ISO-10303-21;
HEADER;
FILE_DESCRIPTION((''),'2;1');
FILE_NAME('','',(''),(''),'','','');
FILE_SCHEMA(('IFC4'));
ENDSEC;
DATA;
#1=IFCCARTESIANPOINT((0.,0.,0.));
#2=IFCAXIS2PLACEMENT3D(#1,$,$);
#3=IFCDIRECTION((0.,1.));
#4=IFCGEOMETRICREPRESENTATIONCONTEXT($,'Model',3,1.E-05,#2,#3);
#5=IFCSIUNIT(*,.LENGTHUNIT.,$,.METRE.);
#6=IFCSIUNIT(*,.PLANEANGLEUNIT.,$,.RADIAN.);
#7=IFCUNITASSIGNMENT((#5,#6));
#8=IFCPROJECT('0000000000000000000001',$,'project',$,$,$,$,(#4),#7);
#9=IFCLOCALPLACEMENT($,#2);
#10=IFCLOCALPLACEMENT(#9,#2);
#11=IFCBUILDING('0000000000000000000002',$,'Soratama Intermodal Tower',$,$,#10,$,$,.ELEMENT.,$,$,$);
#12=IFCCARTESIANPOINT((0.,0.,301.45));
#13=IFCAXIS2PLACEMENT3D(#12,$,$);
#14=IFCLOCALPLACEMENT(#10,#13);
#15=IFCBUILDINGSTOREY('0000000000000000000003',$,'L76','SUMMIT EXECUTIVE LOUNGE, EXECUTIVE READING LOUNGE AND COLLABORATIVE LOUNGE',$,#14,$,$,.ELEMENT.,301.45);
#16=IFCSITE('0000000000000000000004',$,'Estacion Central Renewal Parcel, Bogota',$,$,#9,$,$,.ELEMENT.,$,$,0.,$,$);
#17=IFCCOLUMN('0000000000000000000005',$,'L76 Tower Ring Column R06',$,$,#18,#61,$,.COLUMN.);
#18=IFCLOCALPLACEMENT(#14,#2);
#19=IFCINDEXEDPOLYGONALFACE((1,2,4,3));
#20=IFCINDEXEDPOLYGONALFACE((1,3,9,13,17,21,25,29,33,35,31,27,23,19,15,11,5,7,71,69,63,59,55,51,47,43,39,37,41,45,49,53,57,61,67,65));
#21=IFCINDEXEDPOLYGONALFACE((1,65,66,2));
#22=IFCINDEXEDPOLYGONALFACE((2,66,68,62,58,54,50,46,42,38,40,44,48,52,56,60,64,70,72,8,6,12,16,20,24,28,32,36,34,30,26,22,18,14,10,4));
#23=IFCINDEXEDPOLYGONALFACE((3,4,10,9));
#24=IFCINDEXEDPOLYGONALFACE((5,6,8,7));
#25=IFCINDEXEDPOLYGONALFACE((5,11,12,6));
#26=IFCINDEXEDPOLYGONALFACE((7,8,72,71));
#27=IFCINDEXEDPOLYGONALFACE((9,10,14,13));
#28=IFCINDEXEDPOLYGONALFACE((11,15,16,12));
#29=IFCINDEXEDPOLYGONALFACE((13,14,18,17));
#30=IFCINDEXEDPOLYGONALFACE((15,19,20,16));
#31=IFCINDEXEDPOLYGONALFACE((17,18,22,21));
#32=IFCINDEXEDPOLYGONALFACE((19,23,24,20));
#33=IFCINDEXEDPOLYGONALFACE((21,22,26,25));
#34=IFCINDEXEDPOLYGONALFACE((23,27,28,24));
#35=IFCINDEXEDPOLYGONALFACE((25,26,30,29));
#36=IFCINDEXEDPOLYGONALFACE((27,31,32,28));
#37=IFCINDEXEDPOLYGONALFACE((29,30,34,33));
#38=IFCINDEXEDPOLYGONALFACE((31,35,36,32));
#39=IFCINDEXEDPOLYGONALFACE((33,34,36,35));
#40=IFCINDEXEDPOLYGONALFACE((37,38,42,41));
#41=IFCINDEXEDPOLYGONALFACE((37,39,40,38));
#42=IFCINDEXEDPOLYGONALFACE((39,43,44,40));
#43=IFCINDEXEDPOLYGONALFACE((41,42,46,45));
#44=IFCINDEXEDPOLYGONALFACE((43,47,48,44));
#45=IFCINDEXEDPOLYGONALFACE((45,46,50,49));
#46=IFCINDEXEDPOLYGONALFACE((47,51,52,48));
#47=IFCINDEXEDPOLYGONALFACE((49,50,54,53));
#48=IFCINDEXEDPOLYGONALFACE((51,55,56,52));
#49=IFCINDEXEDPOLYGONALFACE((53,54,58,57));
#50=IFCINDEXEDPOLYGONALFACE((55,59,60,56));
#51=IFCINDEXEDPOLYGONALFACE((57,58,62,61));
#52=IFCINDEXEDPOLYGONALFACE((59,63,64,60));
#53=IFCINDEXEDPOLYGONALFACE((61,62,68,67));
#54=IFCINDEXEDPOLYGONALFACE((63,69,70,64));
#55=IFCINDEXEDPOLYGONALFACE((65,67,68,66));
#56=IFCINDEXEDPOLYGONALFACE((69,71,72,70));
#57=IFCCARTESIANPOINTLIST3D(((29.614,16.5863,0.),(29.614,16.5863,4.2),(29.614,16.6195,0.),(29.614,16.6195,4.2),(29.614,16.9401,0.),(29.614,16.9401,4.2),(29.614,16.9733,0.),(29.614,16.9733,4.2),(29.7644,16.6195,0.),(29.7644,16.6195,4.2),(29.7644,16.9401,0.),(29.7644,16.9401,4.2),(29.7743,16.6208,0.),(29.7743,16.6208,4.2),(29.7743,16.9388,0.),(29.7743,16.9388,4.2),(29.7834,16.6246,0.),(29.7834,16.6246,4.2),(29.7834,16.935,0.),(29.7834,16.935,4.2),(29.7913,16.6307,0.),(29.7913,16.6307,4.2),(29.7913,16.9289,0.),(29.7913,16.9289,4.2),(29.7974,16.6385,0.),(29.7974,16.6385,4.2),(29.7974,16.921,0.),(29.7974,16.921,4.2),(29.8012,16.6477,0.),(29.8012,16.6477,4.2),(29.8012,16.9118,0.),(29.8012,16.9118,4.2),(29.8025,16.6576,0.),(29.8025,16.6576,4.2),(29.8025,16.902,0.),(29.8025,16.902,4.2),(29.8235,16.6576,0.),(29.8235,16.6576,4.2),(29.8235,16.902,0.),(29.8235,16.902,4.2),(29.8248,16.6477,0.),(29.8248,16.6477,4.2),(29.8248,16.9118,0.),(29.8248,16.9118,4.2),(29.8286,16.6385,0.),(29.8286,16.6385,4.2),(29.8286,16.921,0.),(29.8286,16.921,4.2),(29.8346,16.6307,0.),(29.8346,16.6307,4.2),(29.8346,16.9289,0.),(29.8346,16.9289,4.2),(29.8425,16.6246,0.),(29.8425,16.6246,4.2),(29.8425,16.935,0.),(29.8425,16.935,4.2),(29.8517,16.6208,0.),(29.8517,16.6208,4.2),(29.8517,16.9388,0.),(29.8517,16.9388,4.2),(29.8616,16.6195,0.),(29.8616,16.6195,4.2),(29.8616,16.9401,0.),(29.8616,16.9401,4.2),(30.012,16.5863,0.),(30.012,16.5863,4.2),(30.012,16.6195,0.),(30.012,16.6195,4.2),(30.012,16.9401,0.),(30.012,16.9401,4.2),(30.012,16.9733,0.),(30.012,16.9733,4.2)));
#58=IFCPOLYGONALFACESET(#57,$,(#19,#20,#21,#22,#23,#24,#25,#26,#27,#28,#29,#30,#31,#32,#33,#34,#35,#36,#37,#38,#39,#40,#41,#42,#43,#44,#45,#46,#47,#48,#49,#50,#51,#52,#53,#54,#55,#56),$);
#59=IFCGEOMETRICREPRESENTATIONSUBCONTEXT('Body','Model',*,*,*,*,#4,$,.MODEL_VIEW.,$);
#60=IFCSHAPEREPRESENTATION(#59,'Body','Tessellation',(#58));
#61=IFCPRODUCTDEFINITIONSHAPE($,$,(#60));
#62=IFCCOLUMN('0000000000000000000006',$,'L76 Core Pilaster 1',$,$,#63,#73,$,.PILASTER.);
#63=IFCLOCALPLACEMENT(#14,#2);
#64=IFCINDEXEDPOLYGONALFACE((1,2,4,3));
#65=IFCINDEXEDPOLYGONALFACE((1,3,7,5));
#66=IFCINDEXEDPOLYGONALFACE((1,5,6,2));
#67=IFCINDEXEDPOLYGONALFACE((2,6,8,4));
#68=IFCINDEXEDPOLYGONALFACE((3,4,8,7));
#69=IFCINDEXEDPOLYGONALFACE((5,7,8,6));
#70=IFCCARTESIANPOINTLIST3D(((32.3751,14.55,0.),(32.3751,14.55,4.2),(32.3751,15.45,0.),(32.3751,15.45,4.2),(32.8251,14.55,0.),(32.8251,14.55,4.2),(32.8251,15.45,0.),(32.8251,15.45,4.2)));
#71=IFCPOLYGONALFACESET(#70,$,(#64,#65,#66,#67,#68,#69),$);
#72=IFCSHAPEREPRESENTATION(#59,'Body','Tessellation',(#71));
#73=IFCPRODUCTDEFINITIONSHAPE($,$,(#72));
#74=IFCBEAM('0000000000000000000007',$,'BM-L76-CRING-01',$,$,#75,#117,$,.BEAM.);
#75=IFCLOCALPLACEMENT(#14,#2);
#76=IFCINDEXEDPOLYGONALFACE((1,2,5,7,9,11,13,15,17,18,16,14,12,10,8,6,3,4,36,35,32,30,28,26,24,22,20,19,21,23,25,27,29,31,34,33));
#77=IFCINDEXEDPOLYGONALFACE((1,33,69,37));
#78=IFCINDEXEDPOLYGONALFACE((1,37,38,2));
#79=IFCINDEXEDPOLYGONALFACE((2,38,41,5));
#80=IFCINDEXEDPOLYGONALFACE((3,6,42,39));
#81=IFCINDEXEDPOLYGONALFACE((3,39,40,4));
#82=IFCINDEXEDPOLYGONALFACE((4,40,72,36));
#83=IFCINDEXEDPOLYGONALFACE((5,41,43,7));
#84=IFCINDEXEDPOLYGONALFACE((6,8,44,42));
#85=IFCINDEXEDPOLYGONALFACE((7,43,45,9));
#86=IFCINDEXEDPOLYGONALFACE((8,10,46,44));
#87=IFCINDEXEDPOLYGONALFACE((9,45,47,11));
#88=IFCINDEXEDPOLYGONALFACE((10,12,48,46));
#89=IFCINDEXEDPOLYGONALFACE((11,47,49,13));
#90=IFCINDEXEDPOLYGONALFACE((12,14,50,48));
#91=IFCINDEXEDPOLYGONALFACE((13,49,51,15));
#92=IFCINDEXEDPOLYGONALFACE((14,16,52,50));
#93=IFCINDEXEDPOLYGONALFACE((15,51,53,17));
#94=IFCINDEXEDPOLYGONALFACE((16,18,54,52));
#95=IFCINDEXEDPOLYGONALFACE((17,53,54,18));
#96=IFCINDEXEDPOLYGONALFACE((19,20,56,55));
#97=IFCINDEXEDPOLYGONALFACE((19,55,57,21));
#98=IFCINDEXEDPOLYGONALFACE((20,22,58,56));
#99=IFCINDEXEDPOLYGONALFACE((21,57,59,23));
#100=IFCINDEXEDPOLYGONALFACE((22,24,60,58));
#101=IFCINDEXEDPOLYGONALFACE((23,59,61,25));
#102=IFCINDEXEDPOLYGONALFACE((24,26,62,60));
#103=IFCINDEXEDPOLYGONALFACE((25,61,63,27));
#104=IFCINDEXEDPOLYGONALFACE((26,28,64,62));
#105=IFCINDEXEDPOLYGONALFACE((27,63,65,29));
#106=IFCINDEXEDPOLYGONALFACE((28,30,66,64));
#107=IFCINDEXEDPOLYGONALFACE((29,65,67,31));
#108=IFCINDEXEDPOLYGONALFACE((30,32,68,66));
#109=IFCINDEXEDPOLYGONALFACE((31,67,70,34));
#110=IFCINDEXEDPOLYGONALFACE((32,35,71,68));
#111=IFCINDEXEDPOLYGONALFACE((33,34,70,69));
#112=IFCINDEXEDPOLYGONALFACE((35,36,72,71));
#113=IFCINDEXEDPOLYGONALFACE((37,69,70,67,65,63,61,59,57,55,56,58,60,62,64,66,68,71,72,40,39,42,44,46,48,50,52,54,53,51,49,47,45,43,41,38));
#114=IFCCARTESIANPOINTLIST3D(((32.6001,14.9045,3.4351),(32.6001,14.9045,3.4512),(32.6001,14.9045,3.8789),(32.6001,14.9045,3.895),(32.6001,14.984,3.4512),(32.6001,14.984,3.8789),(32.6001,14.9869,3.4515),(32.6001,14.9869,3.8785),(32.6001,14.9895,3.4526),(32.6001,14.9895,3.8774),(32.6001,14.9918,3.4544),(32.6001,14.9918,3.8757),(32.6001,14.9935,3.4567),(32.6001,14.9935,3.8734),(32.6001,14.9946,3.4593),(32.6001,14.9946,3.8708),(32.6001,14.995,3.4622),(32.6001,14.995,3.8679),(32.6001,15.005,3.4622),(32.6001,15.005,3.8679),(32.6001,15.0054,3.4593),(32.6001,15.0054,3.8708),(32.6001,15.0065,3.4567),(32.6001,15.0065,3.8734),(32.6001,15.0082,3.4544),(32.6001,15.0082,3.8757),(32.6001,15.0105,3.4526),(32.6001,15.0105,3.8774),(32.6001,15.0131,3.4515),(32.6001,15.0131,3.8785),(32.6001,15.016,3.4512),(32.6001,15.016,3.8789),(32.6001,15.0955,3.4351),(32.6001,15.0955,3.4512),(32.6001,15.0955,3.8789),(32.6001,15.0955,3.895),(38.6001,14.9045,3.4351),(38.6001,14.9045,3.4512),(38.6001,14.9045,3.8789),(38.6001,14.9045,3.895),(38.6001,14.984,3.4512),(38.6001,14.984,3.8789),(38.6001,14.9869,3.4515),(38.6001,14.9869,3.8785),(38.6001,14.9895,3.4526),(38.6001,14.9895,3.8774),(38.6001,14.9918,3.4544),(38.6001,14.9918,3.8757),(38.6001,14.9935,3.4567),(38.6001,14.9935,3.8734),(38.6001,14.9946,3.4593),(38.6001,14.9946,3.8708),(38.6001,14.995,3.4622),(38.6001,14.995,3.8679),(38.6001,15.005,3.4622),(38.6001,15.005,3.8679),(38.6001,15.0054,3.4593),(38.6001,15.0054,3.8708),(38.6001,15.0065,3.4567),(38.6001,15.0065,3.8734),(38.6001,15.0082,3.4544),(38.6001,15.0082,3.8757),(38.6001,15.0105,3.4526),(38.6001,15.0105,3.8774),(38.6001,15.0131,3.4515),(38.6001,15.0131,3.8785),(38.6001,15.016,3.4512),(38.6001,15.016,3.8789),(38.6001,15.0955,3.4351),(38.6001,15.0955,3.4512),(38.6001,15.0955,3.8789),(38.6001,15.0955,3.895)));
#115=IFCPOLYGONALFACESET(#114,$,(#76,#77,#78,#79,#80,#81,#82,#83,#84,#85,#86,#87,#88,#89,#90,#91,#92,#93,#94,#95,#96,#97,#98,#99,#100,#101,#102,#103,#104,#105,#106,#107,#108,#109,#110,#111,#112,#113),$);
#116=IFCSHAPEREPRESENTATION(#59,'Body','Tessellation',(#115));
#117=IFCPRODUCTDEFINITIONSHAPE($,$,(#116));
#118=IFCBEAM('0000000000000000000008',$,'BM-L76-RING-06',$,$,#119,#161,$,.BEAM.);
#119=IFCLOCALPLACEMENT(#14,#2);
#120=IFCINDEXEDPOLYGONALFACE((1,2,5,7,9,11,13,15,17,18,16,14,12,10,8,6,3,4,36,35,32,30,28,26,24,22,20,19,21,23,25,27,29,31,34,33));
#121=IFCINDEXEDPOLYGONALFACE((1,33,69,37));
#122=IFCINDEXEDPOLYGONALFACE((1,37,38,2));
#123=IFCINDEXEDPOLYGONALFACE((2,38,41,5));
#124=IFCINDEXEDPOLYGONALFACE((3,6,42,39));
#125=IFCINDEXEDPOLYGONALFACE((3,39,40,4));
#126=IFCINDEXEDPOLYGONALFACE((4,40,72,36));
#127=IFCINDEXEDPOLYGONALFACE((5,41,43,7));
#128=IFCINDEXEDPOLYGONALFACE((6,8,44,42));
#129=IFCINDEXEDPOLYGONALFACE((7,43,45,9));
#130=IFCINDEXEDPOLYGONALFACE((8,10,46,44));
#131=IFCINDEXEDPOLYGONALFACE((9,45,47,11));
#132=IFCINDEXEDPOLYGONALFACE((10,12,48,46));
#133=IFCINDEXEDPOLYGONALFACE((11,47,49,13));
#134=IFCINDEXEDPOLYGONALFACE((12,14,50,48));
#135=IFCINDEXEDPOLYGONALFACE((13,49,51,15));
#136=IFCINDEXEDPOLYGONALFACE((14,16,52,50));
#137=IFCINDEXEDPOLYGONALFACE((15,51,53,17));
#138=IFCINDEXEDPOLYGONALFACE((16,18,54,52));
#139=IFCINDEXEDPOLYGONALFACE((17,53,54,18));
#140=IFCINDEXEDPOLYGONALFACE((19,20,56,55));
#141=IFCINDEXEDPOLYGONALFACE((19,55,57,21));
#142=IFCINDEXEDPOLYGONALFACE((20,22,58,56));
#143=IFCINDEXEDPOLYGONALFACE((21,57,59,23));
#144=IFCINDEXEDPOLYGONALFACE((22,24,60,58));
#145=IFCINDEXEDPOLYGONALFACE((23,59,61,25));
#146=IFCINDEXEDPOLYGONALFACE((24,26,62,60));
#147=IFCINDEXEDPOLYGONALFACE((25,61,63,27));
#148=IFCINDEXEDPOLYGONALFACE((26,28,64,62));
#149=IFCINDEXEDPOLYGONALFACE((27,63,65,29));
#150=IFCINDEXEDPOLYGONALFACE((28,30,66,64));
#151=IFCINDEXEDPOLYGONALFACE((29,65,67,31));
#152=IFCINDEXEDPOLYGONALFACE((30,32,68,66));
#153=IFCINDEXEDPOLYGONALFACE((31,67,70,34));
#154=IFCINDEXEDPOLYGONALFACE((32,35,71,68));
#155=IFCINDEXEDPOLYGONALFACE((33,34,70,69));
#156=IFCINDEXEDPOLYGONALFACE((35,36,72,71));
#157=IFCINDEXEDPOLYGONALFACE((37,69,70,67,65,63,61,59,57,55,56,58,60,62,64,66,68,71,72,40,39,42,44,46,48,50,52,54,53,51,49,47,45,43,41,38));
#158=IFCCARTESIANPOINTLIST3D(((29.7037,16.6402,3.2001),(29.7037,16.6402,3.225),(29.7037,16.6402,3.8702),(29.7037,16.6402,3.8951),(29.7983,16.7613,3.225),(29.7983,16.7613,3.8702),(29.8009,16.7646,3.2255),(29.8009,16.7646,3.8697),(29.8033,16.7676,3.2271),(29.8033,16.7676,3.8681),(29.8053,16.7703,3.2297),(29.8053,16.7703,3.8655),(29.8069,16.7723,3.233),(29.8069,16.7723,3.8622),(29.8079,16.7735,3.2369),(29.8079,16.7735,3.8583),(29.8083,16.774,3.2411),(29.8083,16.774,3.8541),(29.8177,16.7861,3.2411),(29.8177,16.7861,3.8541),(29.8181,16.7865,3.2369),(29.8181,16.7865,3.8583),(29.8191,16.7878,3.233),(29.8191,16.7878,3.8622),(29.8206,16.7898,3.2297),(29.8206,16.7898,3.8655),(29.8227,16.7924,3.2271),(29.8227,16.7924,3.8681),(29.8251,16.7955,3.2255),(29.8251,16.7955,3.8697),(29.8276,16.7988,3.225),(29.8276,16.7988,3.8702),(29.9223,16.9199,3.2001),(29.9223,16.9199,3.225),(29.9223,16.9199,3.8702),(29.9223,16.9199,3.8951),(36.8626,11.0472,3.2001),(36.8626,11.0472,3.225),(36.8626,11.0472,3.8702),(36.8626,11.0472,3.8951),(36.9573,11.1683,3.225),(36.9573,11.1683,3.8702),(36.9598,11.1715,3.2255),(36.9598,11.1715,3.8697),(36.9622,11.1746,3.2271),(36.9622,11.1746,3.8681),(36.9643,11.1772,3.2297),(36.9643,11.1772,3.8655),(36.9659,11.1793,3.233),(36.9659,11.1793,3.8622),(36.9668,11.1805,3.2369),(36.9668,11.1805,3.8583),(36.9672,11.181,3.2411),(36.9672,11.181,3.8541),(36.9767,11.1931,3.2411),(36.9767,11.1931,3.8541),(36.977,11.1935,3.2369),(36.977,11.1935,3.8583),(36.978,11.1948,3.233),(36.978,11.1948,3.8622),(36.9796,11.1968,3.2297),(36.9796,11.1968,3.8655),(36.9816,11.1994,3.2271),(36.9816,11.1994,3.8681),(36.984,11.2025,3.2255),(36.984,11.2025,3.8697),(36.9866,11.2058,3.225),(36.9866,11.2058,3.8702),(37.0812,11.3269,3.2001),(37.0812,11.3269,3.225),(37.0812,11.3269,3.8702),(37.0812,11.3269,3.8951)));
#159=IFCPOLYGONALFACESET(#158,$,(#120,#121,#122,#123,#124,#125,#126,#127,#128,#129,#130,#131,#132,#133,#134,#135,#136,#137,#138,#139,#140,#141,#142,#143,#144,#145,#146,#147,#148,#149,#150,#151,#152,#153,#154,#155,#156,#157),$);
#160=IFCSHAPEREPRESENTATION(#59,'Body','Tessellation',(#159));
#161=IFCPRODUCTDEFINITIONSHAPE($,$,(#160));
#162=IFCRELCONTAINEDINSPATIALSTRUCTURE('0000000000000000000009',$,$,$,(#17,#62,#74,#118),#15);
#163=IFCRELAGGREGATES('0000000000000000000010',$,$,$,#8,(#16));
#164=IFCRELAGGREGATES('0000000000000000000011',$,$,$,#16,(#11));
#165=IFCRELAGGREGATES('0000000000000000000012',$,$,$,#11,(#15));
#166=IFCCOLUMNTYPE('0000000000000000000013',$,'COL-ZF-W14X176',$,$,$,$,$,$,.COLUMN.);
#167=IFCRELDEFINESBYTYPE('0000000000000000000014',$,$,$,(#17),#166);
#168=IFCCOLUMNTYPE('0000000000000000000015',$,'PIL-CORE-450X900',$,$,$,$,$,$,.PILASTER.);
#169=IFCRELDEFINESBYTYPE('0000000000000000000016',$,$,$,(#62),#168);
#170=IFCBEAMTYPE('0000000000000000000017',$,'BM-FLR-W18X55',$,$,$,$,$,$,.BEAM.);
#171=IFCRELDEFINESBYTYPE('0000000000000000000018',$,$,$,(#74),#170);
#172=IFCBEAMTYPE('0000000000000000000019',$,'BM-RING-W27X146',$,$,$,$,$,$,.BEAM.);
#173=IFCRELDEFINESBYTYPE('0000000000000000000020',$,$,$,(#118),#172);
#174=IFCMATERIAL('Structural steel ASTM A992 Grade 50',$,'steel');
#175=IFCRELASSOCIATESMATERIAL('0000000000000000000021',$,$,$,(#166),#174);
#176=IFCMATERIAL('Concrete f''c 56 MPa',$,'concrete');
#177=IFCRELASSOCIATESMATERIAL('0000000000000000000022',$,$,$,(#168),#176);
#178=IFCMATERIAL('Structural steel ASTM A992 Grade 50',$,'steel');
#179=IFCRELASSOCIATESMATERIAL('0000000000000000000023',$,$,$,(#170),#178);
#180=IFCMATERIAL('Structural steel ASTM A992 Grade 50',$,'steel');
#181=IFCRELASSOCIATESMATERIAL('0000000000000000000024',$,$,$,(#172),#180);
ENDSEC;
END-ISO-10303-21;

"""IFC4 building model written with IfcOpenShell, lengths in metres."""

from ifc_helpers import new_model, si_unit, direction, frame, origin, origin_2d, place, context, subcontext, project, spatial, rectangle, i_section, extrude, material, material_profile, profile_set, type_object, element, save


model = new_model("IFC4")

# Units and contexts
model_context = context("Model", 3, precision=1e-05, world=origin(), true_north=direction((0.0, 1.0)))
body_context = subcontext(model_context, "Body", "Model", "MODEL_VIEW")
ifc_project = project(units=[si_unit("LENGTHUNIT", "METRE"), si_unit("PLANEANGLEUNIT", "RADIAN")], contexts=[model_context])

# Site, building, storey
site_placement = place(None, origin())
site = spatial("IfcSite", under=ifc_project, at=site_placement, Name="Estacion Central Renewal Parcel, Bogota", CompositionType="ELEMENT", RefElevation=0.0)
building_placement = place(site_placement, origin())
building = spatial("IfcBuilding", under=site, at=building_placement, Name="Soratama Intermodal Tower", CompositionType="ELEMENT")
storey_placement = place(building_placement, frame((0.0, 0.0, 301.45)))
storey = spatial("IfcBuildingStorey", under=building, at=storey_placement, Name="L76", Description="SUMMIT EXECUTIVE LOUNGE, EXECUTIVE READING LOUNGE AND COLLABORATIVE LOUNGE", CompositionType="ELEMENT", Elevation=301.45)

# Columns
ifc_material_1 = material(Name="Structural steel ASTM A992 Grade 50", Category="steel")
ifc_material_profile_1 = material_profile(ifc_material_1, i_section(OverallWidth=0.3979, OverallDepth=0.387, WebThickness=0.021, FlangeThickness=0.0332, FilletRadius=0.0381, at=origin_2d()), Name="W14X176")
ifc_profile_set_1 = profile_set([ifc_material_profile_1], Name="Structural steel ASTM A992 Grade 50")
column_type_1 = type_object("IfcColumnType", Name="COL-ZF-W14X176", PredefinedType="COLUMN", material=ifc_profile_set_1)
column_1_placement = place(storey_placement, frame((29.813, 16.7798, 0.0), z_axis=(0.0, 0.0, 1.0), x_axis=(1.0, 0.0, 0.0)))
element("IfcColumn", 1, at=column_1_placement, inside=storey, type_object=column_type_1, Name="L76 Tower Ring Column R06", PredefinedType="COLUMN", context=body_context, shape_type="SweptSolid", body=[
    extrude(i_section(OverallWidth=0.3979, OverallDepth=0.387, WebThickness=0.021, FlangeThickness=0.0332, FilletRadius=0.0381, at=origin_2d()), origin(), (0.0, 0.0, 1.0), 4.2),
])
ifc_material_2 = material(Name="Concrete f'c 56 MPa", Category="concrete")
ifc_material_profile_2 = material_profile(ifc_material_2, rectangle(XDim=0.45, YDim=0.8999, at=origin_2d()), Name="RC450X900")
ifc_profile_set_2 = profile_set([ifc_material_profile_2], Name="Concrete f'c 56 MPa")
column_type_2 = type_object("IfcColumnType", Name="PIL-CORE-450X900", PredefinedType="PILASTER", material=ifc_profile_set_2)
column_2_placement = place(storey_placement, frame((32.6001, 15.0, 0.0), z_axis=(0.0, 0.0, 1.0), x_axis=(1.0, 0.0, 0.0)))
element("IfcColumn", 2, at=column_2_placement, inside=storey, type_object=column_type_2, Name="L76 Core Pilaster 1", PredefinedType="PILASTER", context=body_context, shape_type="SweptSolid", body=[
    extrude(rectangle(XDim=0.45, YDim=0.8999, at=origin_2d()), origin(), (0.0, 0.0, 1.0), 4.2),
])

# Beams
ifc_material_3 = material(Name="Structural steel ASTM A992 Grade 50", Category="steel")
ifc_material_profile_3 = material_profile(ifc_material_3, i_section(OverallWidth=0.1909, OverallDepth=0.46, WebThickness=0.01, FlangeThickness=0.0161, FilletRadius=0.011, at=origin_2d()), Name="W18X55")
ifc_profile_set_3 = profile_set([ifc_material_profile_3], Name="Structural steel ASTM A992 Grade 50")
beam_type_1 = type_object("IfcBeamType", Name="BM-FLR-W18X55", PredefinedType="BEAM", material=ifc_profile_set_3)
beam_1_placement = place(storey_placement, frame((32.6001, 15.0, 3.665), z_axis=(1.0, 0.0, 0.0), x_axis=(0.0, 1.0, 0.0)))
element("IfcBeam", 3, at=beam_1_placement, inside=storey, type_object=beam_type_1, Name="BM-L76-CRING-01", PredefinedType="BEAM", context=body_context, shape_type="SweptSolid", body=[
    extrude(i_section(OverallWidth=0.1909, OverallDepth=0.46, WebThickness=0.01, FlangeThickness=0.0161, FilletRadius=0.011, at=origin_2d()), origin(), (0.0, 0.0, 1.0), 6.0),
])
ifc_material_4 = material(Name="Structural steel ASTM A992 Grade 50", Category="steel")
ifc_material_profile_4 = material_profile(ifc_material_4, i_section(OverallWidth=0.355, OverallDepth=0.6951, WebThickness=0.0154, FlangeThickness=0.0249, FilletRadius=0.0161, at=origin_2d()), Name="W27X146")
ifc_profile_set_4 = profile_set([ifc_material_profile_4], Name="Structural steel ASTM A992 Grade 50")
beam_type_2 = type_object("IfcBeamType", Name="BM-RING-W27X146", PredefinedType="BEAM", material=ifc_profile_set_4)
beam_2_placement = place(storey_placement, frame((29.813, 16.78, 3.5476), z_axis=(0.788019, -0.615651, 0.0), x_axis=(0.615651, 0.788019, 0.0)))
element("IfcBeam", 4, at=beam_2_placement, inside=storey, type_object=beam_type_2, Name="BM-L76-RING-06", PredefinedType="BEAM", context=body_context, shape_type="SweptSolid", body=[
    extrude(i_section(OverallWidth=0.355, OverallDepth=0.6951, WebThickness=0.0154, FlangeThickness=0.0249, FilletRadius=0.0161, at=origin_2d()), origin(), (0.0, 0.0, 1.0), 9.0847),
])

save(model, "model.ifc")
